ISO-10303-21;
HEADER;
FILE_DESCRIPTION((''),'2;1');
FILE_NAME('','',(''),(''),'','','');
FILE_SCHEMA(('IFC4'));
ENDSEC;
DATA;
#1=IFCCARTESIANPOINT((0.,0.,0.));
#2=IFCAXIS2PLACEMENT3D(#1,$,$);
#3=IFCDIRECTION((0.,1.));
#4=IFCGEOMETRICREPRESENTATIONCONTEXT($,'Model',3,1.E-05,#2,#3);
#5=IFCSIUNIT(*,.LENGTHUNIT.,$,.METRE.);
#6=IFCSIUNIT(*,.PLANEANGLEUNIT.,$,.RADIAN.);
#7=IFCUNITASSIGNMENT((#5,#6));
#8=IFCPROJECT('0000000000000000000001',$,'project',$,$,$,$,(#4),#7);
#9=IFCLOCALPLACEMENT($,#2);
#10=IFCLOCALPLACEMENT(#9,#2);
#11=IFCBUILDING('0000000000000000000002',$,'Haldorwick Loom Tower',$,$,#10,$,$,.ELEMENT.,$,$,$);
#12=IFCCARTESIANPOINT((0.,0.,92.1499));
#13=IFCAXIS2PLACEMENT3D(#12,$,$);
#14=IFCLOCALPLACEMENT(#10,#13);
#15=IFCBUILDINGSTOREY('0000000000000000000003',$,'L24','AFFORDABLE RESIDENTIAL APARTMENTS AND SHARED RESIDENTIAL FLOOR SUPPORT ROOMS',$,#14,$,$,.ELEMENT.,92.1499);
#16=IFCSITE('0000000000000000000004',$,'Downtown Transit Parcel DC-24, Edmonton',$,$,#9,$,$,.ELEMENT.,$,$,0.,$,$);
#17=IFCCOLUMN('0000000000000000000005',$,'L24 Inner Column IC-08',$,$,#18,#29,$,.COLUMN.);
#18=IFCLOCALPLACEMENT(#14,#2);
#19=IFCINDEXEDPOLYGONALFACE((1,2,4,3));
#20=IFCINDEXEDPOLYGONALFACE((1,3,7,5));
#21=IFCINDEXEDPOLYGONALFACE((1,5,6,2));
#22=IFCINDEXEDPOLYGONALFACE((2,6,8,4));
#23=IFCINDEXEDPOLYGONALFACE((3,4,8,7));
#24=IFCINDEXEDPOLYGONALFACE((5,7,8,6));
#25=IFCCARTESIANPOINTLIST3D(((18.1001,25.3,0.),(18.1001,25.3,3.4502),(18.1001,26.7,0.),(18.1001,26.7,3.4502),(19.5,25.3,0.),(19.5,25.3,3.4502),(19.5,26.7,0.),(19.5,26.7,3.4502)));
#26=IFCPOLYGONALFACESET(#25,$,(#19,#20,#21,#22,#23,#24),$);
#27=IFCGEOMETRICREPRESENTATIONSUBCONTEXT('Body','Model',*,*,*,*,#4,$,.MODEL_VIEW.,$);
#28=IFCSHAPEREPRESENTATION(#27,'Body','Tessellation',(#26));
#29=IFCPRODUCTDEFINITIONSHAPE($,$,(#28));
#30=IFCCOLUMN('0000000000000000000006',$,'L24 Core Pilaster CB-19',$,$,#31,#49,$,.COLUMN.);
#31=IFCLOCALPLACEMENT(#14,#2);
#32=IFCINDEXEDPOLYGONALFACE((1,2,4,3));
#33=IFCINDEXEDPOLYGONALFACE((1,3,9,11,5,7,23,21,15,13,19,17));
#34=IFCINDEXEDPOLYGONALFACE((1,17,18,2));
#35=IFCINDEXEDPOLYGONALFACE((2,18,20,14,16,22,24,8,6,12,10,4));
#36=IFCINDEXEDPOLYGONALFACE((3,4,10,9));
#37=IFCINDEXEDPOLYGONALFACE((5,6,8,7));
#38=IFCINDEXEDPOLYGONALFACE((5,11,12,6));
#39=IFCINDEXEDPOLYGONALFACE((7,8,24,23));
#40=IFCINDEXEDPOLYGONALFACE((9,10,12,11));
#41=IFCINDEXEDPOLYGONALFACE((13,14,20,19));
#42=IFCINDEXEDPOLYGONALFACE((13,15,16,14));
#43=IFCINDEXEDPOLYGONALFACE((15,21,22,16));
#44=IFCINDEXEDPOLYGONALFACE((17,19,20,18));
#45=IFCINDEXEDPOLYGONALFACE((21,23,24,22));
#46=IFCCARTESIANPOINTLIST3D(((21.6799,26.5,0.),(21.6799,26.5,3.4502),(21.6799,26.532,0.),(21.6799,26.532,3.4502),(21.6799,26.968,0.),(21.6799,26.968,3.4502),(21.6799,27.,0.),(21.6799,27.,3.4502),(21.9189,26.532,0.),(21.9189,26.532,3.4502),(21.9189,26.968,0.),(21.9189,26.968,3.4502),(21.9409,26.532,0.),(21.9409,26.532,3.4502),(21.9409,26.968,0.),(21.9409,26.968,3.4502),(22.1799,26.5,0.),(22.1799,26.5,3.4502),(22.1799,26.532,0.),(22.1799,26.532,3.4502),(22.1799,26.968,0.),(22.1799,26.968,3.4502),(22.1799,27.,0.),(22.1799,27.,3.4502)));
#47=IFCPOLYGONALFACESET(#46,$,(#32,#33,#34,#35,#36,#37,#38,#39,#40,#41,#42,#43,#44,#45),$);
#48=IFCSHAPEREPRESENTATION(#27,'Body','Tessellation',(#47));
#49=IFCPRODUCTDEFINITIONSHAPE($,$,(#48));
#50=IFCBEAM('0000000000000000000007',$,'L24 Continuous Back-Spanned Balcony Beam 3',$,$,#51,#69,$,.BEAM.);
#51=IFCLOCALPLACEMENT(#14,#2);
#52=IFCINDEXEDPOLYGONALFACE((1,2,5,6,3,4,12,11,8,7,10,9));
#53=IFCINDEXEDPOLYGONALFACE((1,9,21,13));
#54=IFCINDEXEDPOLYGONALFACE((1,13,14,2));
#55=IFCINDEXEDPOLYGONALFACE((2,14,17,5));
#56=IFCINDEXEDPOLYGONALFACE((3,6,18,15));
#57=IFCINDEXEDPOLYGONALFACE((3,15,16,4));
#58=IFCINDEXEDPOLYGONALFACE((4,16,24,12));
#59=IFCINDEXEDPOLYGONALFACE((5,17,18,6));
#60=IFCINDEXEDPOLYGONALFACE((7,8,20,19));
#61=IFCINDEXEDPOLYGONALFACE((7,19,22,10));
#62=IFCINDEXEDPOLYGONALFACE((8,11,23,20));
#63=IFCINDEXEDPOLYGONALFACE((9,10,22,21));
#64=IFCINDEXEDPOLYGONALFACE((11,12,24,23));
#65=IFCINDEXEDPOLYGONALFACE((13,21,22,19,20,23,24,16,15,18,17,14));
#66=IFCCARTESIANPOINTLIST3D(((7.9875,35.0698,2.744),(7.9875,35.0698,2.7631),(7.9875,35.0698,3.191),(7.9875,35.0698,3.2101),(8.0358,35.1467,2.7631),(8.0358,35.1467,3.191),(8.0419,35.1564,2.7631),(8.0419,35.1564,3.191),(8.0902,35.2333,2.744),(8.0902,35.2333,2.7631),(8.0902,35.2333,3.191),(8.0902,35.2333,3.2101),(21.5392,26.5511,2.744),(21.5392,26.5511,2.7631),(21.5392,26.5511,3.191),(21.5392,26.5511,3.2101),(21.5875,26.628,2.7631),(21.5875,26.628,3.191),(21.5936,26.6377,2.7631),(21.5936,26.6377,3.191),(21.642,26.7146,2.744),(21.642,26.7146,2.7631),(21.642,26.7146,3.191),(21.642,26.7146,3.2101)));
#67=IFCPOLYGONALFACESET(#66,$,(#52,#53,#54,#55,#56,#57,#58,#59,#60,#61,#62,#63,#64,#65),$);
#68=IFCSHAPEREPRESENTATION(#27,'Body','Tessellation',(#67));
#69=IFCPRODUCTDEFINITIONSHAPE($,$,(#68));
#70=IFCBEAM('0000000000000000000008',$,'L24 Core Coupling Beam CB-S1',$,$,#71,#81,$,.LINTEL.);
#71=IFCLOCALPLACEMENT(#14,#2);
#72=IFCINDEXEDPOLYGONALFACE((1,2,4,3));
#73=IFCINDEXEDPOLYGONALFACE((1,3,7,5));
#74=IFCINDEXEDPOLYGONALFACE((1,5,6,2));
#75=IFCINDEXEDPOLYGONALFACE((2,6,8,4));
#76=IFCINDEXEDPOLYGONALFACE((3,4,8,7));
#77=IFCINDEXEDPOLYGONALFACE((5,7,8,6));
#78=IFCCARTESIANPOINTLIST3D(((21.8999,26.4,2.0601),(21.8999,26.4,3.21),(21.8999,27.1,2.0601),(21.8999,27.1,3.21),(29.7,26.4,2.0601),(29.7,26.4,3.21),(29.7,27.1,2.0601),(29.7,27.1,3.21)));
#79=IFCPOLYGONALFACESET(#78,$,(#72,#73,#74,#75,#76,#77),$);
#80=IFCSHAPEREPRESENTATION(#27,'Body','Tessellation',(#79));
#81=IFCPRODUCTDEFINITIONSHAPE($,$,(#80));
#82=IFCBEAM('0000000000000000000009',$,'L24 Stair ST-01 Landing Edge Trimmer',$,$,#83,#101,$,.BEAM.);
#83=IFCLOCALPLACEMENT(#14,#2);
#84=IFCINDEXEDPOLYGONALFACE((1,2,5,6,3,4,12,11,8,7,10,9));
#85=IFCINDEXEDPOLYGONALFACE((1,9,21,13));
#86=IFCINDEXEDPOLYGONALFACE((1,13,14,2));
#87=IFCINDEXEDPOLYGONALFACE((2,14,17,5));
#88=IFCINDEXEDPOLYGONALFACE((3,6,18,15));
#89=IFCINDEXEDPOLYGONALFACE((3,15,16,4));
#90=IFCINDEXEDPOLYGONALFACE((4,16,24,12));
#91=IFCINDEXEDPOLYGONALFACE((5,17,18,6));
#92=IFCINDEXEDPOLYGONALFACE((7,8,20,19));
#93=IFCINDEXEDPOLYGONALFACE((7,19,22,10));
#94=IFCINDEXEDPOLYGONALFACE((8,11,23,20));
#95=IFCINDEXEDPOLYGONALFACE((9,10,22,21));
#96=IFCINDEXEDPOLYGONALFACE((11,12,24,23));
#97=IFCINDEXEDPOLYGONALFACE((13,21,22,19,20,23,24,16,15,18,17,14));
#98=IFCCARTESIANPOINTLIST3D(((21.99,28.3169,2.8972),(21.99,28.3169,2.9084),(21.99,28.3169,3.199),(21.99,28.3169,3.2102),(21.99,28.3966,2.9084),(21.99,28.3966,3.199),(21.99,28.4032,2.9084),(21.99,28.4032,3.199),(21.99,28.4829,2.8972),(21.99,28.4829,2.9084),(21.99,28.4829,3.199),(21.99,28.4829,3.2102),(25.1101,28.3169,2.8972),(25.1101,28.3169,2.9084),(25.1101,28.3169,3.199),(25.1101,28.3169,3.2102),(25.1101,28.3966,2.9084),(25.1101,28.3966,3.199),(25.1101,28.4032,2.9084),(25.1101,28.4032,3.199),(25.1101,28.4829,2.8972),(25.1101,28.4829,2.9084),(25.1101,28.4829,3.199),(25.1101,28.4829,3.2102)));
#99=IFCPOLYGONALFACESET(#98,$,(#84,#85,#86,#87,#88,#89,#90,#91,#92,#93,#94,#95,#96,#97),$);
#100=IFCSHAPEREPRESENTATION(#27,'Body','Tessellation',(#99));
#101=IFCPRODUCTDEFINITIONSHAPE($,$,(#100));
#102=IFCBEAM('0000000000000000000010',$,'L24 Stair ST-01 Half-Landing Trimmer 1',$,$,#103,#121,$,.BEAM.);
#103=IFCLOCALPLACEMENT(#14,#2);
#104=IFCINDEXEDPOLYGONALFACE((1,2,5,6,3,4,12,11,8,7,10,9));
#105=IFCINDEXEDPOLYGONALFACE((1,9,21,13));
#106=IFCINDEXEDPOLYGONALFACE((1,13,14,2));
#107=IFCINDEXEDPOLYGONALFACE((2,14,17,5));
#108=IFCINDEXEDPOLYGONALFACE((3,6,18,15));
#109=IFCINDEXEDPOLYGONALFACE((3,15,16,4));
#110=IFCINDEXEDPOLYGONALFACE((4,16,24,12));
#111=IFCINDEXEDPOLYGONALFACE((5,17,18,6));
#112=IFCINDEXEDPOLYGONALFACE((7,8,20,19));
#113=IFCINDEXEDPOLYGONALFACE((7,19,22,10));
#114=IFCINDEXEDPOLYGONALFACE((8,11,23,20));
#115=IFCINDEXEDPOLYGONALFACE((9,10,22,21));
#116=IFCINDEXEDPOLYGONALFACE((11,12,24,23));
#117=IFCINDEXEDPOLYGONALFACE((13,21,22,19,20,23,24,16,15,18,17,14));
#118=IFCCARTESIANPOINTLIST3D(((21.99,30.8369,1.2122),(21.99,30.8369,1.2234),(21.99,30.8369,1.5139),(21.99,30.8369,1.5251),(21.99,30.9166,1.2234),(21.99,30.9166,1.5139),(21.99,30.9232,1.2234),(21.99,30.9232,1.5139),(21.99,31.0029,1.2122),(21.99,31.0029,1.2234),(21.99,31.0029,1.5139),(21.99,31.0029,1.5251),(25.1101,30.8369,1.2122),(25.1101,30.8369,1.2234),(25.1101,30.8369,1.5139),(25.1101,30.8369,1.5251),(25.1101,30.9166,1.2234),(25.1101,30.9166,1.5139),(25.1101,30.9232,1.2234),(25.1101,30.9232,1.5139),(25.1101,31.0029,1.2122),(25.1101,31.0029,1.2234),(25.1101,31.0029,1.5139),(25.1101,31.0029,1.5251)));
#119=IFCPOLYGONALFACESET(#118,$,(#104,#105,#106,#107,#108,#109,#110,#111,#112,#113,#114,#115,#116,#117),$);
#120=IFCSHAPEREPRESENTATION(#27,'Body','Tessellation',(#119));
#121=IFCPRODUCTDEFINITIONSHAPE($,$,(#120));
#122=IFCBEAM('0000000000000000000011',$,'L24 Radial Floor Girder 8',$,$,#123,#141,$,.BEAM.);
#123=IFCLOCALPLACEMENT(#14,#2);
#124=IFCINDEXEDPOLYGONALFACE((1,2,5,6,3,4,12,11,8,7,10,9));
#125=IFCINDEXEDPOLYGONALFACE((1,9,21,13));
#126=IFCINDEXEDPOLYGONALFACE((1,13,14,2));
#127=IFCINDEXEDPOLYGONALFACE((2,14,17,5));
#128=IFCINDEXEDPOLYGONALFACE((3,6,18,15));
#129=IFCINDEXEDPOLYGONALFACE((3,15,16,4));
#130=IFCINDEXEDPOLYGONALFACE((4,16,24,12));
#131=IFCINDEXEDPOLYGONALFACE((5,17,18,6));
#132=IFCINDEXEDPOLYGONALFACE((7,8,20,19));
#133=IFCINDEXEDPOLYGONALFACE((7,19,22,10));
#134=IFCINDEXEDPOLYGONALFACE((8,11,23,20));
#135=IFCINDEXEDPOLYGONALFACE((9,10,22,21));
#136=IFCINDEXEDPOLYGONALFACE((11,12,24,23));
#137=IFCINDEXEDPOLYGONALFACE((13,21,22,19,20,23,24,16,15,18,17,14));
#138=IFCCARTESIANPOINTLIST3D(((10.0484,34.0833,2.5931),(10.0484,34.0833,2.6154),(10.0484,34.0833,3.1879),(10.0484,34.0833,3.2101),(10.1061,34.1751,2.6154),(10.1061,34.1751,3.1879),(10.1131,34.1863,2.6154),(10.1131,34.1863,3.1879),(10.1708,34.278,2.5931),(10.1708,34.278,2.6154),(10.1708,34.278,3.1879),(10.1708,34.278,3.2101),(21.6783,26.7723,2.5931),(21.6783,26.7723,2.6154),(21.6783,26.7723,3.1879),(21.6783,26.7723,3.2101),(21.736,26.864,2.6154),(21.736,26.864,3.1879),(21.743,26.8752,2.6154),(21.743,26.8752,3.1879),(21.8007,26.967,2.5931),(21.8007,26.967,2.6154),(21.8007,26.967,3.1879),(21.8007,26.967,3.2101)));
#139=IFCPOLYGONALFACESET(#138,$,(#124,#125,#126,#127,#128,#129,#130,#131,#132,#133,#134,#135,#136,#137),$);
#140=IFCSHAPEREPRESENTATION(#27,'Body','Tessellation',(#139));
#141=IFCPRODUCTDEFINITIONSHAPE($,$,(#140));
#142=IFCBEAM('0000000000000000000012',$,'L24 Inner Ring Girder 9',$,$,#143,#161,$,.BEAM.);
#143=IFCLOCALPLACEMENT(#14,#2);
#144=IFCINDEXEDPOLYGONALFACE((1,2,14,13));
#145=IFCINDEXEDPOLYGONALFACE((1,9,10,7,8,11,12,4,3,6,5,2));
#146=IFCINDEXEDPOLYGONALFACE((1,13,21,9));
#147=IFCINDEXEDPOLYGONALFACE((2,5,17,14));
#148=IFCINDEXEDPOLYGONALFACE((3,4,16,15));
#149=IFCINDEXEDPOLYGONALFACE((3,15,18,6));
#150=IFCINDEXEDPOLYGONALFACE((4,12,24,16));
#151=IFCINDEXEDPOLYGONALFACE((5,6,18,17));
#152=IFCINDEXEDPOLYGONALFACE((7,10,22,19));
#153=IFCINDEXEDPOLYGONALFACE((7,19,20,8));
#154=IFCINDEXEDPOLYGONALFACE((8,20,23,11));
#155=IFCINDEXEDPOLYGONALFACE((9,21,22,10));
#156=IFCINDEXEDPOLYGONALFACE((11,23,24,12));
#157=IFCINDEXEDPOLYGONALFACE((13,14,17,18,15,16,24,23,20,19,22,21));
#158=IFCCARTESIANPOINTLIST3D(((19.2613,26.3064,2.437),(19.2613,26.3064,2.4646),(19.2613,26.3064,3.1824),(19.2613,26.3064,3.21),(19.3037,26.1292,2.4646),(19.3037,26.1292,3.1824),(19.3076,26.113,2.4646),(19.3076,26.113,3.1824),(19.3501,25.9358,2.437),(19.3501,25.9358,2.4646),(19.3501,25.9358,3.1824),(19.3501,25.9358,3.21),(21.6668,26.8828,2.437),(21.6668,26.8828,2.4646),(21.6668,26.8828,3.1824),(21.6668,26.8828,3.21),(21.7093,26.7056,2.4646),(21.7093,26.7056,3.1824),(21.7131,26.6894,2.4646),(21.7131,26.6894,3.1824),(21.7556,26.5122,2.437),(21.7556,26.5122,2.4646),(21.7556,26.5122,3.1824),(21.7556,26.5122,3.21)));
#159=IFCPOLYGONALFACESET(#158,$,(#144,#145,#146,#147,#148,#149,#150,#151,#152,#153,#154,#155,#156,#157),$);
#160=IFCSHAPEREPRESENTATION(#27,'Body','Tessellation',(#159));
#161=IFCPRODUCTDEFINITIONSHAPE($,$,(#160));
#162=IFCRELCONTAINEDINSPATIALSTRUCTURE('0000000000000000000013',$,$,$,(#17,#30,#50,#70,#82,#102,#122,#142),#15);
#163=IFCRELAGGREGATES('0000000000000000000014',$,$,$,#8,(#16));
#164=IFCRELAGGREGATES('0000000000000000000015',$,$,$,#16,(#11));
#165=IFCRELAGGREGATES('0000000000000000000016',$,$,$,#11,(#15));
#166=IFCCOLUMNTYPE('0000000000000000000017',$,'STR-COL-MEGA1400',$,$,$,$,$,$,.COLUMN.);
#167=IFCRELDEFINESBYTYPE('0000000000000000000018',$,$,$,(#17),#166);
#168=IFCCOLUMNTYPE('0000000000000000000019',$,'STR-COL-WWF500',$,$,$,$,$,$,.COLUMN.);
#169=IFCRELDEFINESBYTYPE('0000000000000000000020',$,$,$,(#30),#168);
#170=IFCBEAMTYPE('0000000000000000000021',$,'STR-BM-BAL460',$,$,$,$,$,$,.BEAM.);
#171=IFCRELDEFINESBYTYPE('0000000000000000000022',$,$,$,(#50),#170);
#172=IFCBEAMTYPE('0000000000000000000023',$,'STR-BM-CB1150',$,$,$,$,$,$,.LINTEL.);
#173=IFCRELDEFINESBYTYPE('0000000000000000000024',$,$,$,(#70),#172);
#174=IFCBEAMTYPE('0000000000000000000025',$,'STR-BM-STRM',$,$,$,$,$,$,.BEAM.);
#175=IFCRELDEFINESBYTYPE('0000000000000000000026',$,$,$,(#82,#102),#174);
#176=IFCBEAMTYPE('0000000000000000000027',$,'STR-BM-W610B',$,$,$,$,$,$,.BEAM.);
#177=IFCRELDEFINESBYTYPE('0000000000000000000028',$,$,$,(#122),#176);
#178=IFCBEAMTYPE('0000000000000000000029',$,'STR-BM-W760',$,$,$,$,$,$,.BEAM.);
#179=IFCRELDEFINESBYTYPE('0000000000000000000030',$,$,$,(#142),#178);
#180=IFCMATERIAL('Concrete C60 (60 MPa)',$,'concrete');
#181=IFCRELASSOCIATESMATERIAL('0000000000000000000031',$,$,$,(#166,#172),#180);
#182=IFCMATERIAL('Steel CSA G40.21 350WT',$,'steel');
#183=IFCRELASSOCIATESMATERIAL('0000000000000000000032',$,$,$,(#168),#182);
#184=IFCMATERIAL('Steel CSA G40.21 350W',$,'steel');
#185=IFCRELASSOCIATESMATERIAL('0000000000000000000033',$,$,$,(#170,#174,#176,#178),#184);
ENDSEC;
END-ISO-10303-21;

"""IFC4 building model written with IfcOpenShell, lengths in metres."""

from ifc_helpers import new_model, si_unit, direction, frame, origin, origin_2d, place, context, subcontext, project, spatial, rectangle, i_section, extrude, material, material_profile, profile_set, type_object, element, save


model = new_model("IFC4")

# Units and contexts
model_context = context("Model", 3, precision=1e-05, world=origin(), true_north=direction((0.0, 1.0)))
body_context = subcontext(model_context, "Body", "Model", "MODEL_VIEW")
ifc_project = project(units=[si_unit("LENGTHUNIT", "METRE"), si_unit("PLANEANGLEUNIT", "RADIAN")], contexts=[model_context])

# Site, building, storey
site_placement = place(None, origin())
site = spatial("IfcSite", under=ifc_project, at=site_placement, Name="Downtown Transit Parcel DC-24, Edmonton", CompositionType="ELEMENT", RefElevation=0.0)
building_placement = place(site_placement, origin())
building = spatial("IfcBuilding", under=site, at=building_placement, Name="Haldorwick Loom Tower", CompositionType="ELEMENT")
storey_placement = place(building_placement, frame((0.0, 0.0, 92.1499)))
storey = spatial("IfcBuildingStorey", under=building, at=storey_placement, Name="L24", Description="AFFORDABLE RESIDENTIAL APARTMENTS AND SHARED RESIDENTIAL FLOOR SUPPORT ROOMS", CompositionType="ELEMENT", Elevation=92.1499)

# Columns
ifc_material_1 = material(Name="Concrete C60 (60 MPa)", Category="concrete")
ifc_material_profile_1 = material_profile(ifc_material_1, rectangle(XDim=1.3999, YDim=1.3999, at=origin_2d()), Name="RC1400X1400", Category="concrete")
ifc_profile_set_1 = profile_set([ifc_material_profile_1], Name="Concrete C60 (60 MPa)")
column_type_1 = type_object("IfcColumnType", Name="STR-COL-MEGA1400", PredefinedType="COLUMN", material=ifc_profile_set_1)
column_1_placement = place(storey_placement, frame((18.8, 26.0, 0.0), z_axis=(0.0, 0.0, 1.0), x_axis=(1.0, 0.0, 0.0)))
element("IfcColumn", 1, at=column_1_placement, inside=storey, type_object=column_type_1, Name="L24 Inner Column IC-08", PredefinedType="COLUMN", context=body_context, shape_type="SweptSolid", body=[
    extrude(rectangle(XDim=1.3999, YDim=1.3999, at=origin_2d()), origin(), (0.0, 0.0, 1.0), 3.4502),
])
ifc_material_2 = material(Name="Steel CSA G40.21 350WT", Category="steel")
ifc_material_profile_2 = material_profile(ifc_material_2, i_section(OverallWidth=0.5, OverallDepth=0.5, WebThickness=0.022, FlangeThickness=0.032, at=origin_2d()), Name="WWF500X500", Category="steel")
ifc_profile_set_2 = profile_set([ifc_material_profile_2], Name="Steel CSA G40.21 350WT")
column_type_2 = type_object("IfcColumnType", Name="STR-COL-WWF500", PredefinedType="COLUMN", material=ifc_profile_set_2)
column_2_placement = place(storey_placement, frame((21.9299, 26.75, 0.0), z_axis=(0.0, 0.0, 1.0), x_axis=(1.0, 0.0, 0.0)))
element("IfcColumn", 2, at=column_2_placement, inside=storey, type_object=column_type_2, Name="L24 Core Pilaster CB-19", PredefinedType="COLUMN", context=body_context, shape_type="SweptSolid", body=[
    extrude(i_section(OverallWidth=0.5, OverallDepth=0.5, WebThickness=0.022, FlangeThickness=0.032, at=origin_2d()), origin(), (0.0, 0.0, 1.0), 3.4502),
])

# Beams
ifc_material_3 = material(Name="Steel CSA G40.21 350W", Category="steel")
ifc_material_profile_3 = material_profile(ifc_material_3, i_section(OverallWidth=0.1931, OverallDepth=0.4661, WebThickness=0.0115, FlangeThickness=0.019, at=origin_2d()), Name="W460X97", Category="steel")
ifc_profile_set_3 = profile_set([ifc_material_profile_3], Name="Steel CSA G40.21 350W")
beam_type_1 = type_object("IfcBeamType", Name="STR-BM-BAL460", PredefinedType="BEAM", material=ifc_profile_set_3)
beam_1_placement = place(storey_placement, frame((21.5906, 26.6328, 2.9771), z_axis=(-0.846621, 0.532196, 0.0), x_axis=(-0.532196, -0.846621, 0.0)))
element("IfcBeam", 3, at=beam_1_placement, inside=storey, type_object=beam_type_1, Name="L24 Continuous Back-Spanned Balcony Beam 3", PredefinedType="BEAM", context=body_context, shape_type="SweptSolid", body=[
    extrude(i_section(OverallWidth=0.1931, OverallDepth=0.4661, WebThickness=0.0115, FlangeThickness=0.019, at=origin_2d()), origin(), (0.0, 0.0, 1.0), 16.0068),
])
ifc_material_profile_4 = material_profile(ifc_material_1, rectangle(XDim=0.7, YDim=1.1499, at=origin_2d()), Name="RC700X1150", Category="concrete")
ifc_profile_set_4 = profile_set([ifc_material_profile_4], Name="Concrete C60 (60 MPa)")
beam_type_2 = type_object("IfcBeamType", Name="STR-BM-CB1150", PredefinedType="LINTEL", material=ifc_profile_set_4)
beam_2_placement = place(storey_placement, frame((21.8999, 26.75, 2.635), z_axis=(1.0, 0.0, 0.0), x_axis=(0.0, 1.0, 0.0)))
element("IfcBeam", 4, at=beam_2_placement, inside=storey, type_object=beam_type_2, Name="L24 Core Coupling Beam CB-S1", PredefinedType="LINTEL", context=body_context, shape_type="SweptSolid", body=[
    extrude(rectangle(XDim=0.7, YDim=1.1499, at=origin_2d()), origin(), (0.0, 0.0, 1.0), 7.8),
])
ifc_material_profile_5 = material_profile(ifc_material_3, i_section(OverallWidth=0.166, OverallDepth=0.313, WebThickness=0.0066, FlangeThickness=0.0112, at=origin_2d()), Name="W310X45", Category="steel")
ifc_profile_set_5 = profile_set([ifc_material_profile_5], Name="Steel CSA G40.21 350W")
beam_type_3 = type_object("IfcBeamType", Name="STR-BM-STRM", PredefinedType="BEAM", material=ifc_profile_set_5)
for number, where, z_axis, x_axis, name in (
    (5, (21.99, 28.3999, 3.0537), (1.0, 0.0, 0.0), (0.0, 1.0, 0.0), "L24 Stair ST-01 Landing Edge Trimmer"),
    (6, (21.99, 30.9199, 1.3687), (1.0, 0.0, 0.0), (0.0, 1.0, 0.0), "L24 Stair ST-01 Half-Landing Trimmer 1"),
):
    element("IfcBeam", number, at=place(storey_placement, frame(where, z_axis=z_axis, x_axis=x_axis)), inside=storey, type_object=beam_type_3, Name=name, PredefinedType="BEAM", context=body_context, shape_type="SweptSolid", body=[
        extrude(i_section(OverallWidth=0.166, OverallDepth=0.313, WebThickness=0.0066, FlangeThickness=0.0112, at=origin_2d()), origin(), (0.0, 0.0, 1.0), 3.1201),
    ])
ifc_material_profile_6 = material_profile(ifc_material_3, i_section(OverallWidth=0.23, OverallDepth=0.6169, WebThickness=0.0132, FlangeThickness=0.0222, at=origin_2d()), Name="W610X140", Category="steel")
ifc_profile_set_6 = profile_set([ifc_material_profile_6], Name="Steel CSA G40.21 350W")
beam_type_4 = type_object("IfcBeamType", Name="STR-BM-W610B", PredefinedType="BEAM", material=ifc_profile_set_6)
beam_3_placement = place(storey_placement, frame((21.7395, 26.8696, 2.9016), z_axis=(-0.84661, 0.532214, 0.0), x_axis=(-0.532214, -0.84661, 0.0)))
element("IfcBeam", 7, at=beam_3_placement, inside=storey, type_object=beam_type_4, Name="L24 Radial Floor Girder 8", PredefinedType="BEAM", context=body_context, shape_type="SweptSolid", body=[
    extrude(i_section(OverallWidth=0.23, OverallDepth=0.6169, WebThickness=0.0132, FlangeThickness=0.0222, at=origin_2d()), origin(), (0.0, 0.0, 1.0), 13.7371),
])
ifc_material_profile_7 = material_profile(ifc_material_3, i_section(OverallWidth=0.3811, OverallDepth=0.7729, WebThickness=0.0166, FlangeThickness=0.0276, at=origin_2d()), Name="W760X257", Category="steel")
ifc_profile_set_7 = profile_set([ifc_material_profile_7], Name="Steel CSA G40.21 350W")
beam_type_5 = type_object("IfcBeamType", Name="STR-BM-W760", PredefinedType="BEAM", material=ifc_profile_set_7)
beam_4_placement = place(storey_placement, frame((19.3057, 26.1211, 2.8235), z_axis=(0.972471, 0.233026, 0.0), x_axis=(-0.233026, 0.972471, 0.0)))
element("IfcBeam", 8, at=beam_4_placement, inside=storey, type_object=beam_type_5, Name="L24 Inner Ring Girder 9", PredefinedType="BEAM", context=body_context, shape_type="SweptSolid", body=[
    extrude(i_section(OverallWidth=0.3811, OverallDepth=0.7729, WebThickness=0.0166, FlangeThickness=0.0276, at=origin_2d()), origin(), (0.0, 0.0, 1.0), 2.4736),
])

save(model, "model.ifc")
